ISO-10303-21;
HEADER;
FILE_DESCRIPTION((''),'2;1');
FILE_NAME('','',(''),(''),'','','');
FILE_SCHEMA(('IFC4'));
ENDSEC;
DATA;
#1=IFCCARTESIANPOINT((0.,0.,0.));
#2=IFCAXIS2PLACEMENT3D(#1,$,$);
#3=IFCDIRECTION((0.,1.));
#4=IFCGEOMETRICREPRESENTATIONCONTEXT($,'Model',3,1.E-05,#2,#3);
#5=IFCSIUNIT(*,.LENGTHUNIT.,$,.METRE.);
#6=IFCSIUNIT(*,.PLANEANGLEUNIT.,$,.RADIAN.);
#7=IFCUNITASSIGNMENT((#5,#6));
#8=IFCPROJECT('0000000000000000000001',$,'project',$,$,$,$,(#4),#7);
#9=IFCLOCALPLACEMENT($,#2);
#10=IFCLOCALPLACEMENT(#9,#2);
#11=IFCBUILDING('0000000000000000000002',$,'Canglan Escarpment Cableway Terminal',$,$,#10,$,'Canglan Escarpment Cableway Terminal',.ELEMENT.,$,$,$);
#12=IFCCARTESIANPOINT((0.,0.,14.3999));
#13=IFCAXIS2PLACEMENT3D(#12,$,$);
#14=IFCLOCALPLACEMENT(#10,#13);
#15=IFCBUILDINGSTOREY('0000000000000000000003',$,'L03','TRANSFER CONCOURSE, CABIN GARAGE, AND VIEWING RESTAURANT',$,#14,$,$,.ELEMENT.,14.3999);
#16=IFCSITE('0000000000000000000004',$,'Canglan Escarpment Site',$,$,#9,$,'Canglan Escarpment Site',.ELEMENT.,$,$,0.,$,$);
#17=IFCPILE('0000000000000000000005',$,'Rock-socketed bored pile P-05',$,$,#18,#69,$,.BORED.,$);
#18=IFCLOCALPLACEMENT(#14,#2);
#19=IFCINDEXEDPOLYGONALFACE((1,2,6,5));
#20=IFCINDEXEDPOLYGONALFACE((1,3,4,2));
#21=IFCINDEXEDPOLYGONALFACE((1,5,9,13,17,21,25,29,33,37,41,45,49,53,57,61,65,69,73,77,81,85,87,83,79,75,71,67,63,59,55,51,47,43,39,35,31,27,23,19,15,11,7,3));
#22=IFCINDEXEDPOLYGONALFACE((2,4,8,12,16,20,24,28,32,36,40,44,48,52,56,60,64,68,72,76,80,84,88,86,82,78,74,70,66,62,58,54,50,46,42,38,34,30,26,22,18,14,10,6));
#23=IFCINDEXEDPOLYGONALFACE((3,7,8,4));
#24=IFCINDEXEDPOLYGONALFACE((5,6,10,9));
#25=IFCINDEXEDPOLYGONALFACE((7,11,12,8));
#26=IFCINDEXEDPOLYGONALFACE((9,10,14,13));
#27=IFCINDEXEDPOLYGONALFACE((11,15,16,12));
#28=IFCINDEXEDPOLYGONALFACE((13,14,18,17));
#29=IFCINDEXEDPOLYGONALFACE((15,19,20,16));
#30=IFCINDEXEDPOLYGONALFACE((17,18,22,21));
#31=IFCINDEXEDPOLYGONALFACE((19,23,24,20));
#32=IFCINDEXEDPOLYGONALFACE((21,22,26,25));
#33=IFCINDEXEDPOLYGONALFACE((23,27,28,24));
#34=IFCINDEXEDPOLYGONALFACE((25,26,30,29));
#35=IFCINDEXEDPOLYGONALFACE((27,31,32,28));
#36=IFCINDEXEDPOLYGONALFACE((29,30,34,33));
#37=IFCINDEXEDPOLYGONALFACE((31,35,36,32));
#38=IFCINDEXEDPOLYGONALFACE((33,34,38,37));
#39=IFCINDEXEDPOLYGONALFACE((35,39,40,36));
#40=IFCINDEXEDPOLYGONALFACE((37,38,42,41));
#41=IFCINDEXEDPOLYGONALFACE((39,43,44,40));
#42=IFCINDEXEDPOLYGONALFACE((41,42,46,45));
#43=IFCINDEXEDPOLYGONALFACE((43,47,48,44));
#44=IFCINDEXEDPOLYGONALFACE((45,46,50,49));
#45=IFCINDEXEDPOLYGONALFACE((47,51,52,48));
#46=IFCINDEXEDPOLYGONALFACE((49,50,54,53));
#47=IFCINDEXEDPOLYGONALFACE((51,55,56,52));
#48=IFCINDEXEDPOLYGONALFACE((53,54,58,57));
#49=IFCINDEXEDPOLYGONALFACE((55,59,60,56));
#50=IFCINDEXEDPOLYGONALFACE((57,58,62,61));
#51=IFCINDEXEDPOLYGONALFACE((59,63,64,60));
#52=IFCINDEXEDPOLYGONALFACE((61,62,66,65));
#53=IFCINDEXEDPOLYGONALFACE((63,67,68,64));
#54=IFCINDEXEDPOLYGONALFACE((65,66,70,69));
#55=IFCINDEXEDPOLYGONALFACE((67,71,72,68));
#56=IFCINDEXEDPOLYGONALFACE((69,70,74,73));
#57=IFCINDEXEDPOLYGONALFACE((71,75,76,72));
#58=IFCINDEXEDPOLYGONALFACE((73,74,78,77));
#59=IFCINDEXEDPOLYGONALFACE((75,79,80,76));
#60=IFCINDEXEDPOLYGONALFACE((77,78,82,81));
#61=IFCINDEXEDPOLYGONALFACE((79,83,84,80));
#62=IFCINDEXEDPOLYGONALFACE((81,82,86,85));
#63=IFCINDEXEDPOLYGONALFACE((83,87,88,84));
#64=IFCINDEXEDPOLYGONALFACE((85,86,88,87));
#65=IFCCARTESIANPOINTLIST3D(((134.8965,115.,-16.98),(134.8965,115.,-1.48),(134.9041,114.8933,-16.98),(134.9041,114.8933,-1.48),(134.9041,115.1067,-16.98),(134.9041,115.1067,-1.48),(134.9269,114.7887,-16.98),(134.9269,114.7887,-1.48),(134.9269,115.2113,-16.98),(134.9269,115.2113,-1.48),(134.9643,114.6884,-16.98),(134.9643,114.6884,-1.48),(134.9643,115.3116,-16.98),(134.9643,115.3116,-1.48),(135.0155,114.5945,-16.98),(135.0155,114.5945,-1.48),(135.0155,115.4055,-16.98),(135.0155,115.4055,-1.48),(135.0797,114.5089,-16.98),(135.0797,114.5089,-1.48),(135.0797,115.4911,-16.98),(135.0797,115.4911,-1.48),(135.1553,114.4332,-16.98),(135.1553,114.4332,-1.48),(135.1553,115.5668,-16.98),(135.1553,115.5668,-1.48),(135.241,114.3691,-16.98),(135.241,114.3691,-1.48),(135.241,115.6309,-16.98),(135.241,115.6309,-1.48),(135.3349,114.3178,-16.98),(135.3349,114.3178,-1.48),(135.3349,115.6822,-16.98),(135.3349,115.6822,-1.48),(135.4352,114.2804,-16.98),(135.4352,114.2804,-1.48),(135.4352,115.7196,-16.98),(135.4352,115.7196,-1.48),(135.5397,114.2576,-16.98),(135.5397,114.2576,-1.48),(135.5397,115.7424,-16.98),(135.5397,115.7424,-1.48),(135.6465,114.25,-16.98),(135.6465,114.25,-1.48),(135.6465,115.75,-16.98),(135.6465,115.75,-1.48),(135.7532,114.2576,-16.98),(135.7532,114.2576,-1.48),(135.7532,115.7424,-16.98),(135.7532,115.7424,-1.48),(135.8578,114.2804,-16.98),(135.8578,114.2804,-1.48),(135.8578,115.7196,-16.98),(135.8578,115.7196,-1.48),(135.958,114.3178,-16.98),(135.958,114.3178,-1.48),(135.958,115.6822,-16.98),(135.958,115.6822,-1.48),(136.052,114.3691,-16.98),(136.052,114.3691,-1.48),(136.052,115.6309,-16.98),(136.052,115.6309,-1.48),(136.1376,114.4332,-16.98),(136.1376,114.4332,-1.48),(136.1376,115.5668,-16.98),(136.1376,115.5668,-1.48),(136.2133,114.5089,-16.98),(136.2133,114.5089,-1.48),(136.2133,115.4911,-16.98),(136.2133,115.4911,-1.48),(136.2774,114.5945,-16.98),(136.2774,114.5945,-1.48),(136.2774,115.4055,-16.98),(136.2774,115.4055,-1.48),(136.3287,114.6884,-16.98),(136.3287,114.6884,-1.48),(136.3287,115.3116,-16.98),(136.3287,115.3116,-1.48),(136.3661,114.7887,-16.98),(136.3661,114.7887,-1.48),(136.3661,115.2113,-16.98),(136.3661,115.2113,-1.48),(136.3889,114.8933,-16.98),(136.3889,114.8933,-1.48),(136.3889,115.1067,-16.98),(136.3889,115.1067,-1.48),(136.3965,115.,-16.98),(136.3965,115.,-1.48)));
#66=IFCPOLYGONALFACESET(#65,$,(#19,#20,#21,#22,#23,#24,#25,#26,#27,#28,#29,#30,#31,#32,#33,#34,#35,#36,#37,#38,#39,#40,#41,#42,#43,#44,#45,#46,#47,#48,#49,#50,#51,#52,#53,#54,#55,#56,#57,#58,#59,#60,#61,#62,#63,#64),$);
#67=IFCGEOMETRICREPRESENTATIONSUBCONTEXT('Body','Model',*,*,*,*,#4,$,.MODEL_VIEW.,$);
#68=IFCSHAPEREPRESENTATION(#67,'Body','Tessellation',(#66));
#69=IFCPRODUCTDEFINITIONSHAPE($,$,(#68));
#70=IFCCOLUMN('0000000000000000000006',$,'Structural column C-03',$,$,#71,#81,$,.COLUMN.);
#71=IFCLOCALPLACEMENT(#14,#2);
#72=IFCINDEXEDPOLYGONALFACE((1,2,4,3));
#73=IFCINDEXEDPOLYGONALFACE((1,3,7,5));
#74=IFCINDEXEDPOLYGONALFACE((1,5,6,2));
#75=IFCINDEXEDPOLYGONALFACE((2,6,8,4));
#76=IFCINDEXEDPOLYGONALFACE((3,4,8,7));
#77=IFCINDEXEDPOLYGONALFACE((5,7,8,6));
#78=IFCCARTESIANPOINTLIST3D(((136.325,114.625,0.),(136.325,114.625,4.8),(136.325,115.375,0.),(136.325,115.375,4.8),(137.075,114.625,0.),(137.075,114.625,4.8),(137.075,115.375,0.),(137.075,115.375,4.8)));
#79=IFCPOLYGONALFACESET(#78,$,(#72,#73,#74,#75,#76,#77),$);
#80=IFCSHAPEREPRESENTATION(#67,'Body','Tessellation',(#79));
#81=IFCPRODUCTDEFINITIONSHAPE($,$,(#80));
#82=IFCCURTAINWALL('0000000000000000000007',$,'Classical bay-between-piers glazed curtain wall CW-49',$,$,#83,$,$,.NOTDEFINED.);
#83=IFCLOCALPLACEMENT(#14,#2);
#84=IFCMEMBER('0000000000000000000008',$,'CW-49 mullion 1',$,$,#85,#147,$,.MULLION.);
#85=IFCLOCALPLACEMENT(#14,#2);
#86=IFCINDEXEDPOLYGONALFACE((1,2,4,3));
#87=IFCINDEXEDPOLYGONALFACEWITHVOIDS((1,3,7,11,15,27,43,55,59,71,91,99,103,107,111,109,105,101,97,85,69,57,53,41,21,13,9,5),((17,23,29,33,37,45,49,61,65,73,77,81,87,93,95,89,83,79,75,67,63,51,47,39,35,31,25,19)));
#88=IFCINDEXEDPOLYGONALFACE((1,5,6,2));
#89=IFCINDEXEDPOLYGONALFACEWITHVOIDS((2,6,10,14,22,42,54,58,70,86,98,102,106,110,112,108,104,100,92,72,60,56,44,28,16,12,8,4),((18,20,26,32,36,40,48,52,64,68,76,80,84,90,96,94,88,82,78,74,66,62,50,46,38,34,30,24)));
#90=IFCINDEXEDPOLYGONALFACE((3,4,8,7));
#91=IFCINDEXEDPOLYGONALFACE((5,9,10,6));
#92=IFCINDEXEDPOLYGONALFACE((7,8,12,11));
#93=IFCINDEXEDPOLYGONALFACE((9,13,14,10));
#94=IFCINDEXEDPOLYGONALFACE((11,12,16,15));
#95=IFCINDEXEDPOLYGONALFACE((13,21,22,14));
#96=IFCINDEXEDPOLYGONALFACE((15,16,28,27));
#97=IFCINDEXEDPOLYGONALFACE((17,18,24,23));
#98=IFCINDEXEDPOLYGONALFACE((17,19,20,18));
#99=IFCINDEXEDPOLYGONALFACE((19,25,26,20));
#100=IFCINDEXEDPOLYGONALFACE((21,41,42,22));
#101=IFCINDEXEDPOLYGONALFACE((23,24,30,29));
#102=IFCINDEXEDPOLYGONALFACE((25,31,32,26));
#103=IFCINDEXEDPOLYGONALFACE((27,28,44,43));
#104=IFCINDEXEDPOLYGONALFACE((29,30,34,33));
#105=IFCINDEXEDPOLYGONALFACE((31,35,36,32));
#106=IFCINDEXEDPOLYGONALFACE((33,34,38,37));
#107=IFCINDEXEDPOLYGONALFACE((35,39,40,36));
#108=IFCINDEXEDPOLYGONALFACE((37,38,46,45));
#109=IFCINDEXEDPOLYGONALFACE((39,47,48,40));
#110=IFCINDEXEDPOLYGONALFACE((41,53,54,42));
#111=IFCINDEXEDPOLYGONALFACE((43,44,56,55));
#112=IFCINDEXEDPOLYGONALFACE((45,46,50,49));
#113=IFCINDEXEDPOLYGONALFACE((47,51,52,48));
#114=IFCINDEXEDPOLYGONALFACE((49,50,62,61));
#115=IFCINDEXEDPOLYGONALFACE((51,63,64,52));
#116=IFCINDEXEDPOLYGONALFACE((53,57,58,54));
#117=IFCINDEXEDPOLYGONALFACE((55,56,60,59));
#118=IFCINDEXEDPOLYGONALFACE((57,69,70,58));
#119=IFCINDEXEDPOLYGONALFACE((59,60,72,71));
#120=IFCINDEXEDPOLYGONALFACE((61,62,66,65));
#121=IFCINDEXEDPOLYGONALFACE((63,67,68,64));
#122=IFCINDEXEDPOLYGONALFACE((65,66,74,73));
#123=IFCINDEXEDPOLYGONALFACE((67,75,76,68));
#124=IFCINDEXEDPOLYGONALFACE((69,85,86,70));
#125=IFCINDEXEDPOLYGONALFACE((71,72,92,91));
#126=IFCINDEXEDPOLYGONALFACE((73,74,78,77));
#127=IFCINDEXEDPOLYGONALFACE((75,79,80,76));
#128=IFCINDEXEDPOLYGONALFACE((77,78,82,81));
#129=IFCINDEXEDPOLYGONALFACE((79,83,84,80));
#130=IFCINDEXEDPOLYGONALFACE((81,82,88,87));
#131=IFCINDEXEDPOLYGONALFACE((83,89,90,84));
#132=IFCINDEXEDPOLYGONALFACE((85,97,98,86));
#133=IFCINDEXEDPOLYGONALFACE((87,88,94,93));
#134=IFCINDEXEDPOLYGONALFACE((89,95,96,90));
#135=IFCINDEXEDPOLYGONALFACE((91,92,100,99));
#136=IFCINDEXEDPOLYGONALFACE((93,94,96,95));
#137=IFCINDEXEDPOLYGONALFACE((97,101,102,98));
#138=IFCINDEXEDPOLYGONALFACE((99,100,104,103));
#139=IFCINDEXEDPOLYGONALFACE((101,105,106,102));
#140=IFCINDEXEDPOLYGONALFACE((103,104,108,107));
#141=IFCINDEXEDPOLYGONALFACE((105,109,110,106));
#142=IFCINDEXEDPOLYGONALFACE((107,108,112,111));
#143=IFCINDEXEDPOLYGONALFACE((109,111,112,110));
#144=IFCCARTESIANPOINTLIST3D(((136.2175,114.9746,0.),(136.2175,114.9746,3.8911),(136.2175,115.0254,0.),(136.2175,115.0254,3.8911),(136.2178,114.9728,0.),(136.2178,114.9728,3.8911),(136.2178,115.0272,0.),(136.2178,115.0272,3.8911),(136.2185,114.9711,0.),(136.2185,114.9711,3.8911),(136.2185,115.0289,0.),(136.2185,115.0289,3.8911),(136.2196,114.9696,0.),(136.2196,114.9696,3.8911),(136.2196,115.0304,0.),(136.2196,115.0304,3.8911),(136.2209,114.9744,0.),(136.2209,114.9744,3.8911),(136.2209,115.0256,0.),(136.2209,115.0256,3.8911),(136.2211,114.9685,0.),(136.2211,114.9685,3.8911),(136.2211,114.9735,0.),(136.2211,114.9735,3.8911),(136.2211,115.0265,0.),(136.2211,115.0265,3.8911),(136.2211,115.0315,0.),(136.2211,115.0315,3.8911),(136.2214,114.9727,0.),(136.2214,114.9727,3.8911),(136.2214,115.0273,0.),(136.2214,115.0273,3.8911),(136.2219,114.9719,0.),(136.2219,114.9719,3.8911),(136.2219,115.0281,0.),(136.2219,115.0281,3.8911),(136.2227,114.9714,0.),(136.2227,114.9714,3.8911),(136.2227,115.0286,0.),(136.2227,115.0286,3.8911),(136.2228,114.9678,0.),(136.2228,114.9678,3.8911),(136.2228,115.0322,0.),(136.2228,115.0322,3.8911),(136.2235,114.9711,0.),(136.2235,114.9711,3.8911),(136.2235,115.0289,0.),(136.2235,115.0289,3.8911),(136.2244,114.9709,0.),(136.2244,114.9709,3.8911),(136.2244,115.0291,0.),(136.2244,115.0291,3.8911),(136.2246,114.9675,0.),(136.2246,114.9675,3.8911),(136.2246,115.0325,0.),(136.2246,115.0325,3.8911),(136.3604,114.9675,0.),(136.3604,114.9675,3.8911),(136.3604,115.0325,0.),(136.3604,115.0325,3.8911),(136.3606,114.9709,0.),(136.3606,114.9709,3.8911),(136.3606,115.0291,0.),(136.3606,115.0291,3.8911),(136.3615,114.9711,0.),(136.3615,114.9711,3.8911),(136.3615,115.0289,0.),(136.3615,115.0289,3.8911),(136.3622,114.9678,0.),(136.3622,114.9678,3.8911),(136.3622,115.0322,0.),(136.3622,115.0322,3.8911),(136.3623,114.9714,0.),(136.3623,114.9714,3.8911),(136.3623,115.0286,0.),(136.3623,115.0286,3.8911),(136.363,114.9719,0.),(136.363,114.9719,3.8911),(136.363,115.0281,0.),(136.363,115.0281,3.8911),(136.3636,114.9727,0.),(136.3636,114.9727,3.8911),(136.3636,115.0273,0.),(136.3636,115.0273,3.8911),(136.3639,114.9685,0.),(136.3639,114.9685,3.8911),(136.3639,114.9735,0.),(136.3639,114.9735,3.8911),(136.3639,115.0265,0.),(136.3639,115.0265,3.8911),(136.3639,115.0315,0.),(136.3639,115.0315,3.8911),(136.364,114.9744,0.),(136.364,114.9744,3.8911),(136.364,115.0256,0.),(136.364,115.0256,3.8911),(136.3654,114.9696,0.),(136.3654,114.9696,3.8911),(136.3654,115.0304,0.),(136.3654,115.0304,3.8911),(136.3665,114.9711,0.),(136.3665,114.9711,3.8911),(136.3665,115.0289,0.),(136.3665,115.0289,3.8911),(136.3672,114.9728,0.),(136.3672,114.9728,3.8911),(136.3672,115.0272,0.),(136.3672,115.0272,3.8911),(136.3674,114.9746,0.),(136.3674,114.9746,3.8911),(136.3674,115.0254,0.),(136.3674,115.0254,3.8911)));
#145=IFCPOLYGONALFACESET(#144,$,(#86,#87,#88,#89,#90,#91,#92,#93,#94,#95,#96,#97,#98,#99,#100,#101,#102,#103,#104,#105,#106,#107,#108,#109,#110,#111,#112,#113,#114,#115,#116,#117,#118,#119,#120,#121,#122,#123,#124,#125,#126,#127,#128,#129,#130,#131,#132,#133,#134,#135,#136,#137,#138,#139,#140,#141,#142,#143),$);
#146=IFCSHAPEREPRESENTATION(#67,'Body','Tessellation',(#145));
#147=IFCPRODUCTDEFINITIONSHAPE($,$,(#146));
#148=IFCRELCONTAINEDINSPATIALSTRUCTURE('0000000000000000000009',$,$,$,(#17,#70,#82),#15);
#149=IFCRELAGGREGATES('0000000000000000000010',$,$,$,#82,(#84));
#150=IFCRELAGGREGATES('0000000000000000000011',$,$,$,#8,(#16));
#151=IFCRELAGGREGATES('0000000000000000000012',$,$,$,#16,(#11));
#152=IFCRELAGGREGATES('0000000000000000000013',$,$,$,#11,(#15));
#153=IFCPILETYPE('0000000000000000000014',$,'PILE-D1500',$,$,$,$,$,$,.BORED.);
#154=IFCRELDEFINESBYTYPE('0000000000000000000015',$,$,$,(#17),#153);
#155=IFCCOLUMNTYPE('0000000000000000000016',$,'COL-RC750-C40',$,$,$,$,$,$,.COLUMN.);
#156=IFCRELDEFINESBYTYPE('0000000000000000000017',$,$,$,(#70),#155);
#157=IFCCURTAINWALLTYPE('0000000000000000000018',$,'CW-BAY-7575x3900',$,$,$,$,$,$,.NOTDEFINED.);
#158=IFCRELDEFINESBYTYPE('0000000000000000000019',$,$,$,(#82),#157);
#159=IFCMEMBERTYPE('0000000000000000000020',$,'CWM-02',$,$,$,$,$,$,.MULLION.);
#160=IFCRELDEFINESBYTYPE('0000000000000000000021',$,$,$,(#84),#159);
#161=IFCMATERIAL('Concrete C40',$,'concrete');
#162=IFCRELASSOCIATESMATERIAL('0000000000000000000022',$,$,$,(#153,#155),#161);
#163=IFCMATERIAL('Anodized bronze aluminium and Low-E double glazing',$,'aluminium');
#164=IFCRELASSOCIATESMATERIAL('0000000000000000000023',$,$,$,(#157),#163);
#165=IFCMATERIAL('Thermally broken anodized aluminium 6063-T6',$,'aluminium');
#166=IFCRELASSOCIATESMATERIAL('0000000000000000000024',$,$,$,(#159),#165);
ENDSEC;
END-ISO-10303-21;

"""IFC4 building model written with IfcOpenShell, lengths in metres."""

from ifc_helpers import new_model, si_unit, direction, frame, origin, origin_2d, place, context, subcontext, project, spatial, rectangle, hollow_rectangle, circle, extrude, material, material_profile, profile_set, type_object, element, aggregate, save


model = new_model("IFC4")

# Units and contexts
model_context = context("Model", 3, precision=1e-05, world=origin(), true_north=direction((0.0, 1.0)))
body_context = subcontext(model_context, "Body", "Model", "MODEL_VIEW")
ifc_project = project(units=[si_unit("LENGTHUNIT", "METRE"), si_unit("PLANEANGLEUNIT", "RADIAN")], contexts=[model_context])

# Site, building, storey
site_placement = place(None, origin())
site = spatial("IfcSite", under=ifc_project, at=site_placement, Name="Canglan Escarpment Site", LongName="Canglan Escarpment Site", CompositionType="ELEMENT", RefElevation=0.0)
building_placement = place(site_placement, origin())
building = spatial("IfcBuilding", under=site, at=building_placement, Name="Canglan Escarpment Cableway Terminal", LongName="Canglan Escarpment Cableway Terminal", CompositionType="ELEMENT")
storey_placement = place(building_placement, frame((0.0, 0.0, 14.3999)))
storey = spatial("IfcBuildingStorey", under=building, at=storey_placement, Name="L03", Description="TRANSFER CONCOURSE, CABIN GARAGE, AND VIEWING RESTAURANT", CompositionType="ELEMENT", Elevation=14.3999)

# Pile
ifc_material_1 = material(Name="Concrete C40", Category="concrete")
ifc_material_profile_1 = material_profile(ifc_material_1, circle(Radius=0.75, at=origin_2d()), Name="BORED PILE D1500")
ifc_profile_set_1 = profile_set([ifc_material_profile_1], Name="Concrete C40")
pile_type = type_object("IfcPileType", Name="PILE-D1500", PredefinedType="BORED", material=ifc_profile_set_1)
pile_placement = place(storey_placement, frame((135.6465, 115.0, -1.48), z_axis=(0.0, 0.0, -1.0), x_axis=(1.0, 0.0, 0.0)))
element("IfcPile", 1, at=pile_placement, inside=storey, type_object=pile_type, Name="Rock-socketed bored pile P-05", PredefinedType="BORED", context=body_context, shape_type="SweptSolid", body=[
    extrude(circle(Radius=0.75, at=origin_2d()), origin(), (0.0, 0.0, 1.0), 15.5),
])

# Column
ifc_material_profile_2 = material_profile(ifc_material_1, rectangle(XDim=0.75, YDim=0.75, at=origin_2d()), Name="RC 750x750")
ifc_profile_set_2 = profile_set([ifc_material_profile_2], Name="Concrete C40")
column_type = type_object("IfcColumnType", Name="COL-RC750-C40", PredefinedType="COLUMN", material=ifc_profile_set_2)
column_placement = place(storey_placement, frame((136.7, 115.0, 0.0), z_axis=(0.0, 0.0, 1.0), x_axis=(1.0, 0.0, 0.0)))
element("IfcColumn", 2, at=column_placement, inside=storey, type_object=column_type, Name="Structural column C-03", PredefinedType="COLUMN", context=body_context, shape_type="SweptSolid", body=[
    extrude(rectangle(XDim=0.75, YDim=0.75, at=origin_2d()), origin(), (0.0, 0.0, 1.0), 4.8),
])

# Curtain wall, member
ifc_material_2 = material(Name="Anodized bronze aluminium and Low-E double glazing", Category="aluminium")
curtain_wall_type = type_object("IfcCurtainWallType", Name="CW-BAY-7575x3900", PredefinedType="NOTDEFINED", material=ifc_material_2)
curtain_wall_placement = place(storey_placement, origin())
curtain_wall = element("IfcCurtainWall", 3, at=curtain_wall_placement, inside=storey, type_object=curtain_wall_type, Name="Classical bay-between-piers glazed curtain wall CW-49", PredefinedType="NOTDEFINED")
ifc_material_3 = material(Name="Thermally broken anodized aluminium 6063-T6", Category="aluminium")
ifc_material_profile_3 = material_profile(ifc_material_3, hollow_rectangle(XDim=0.0649, YDim=0.1499, WallThickness=0.0034, InnerFilletRadius=0.0034, OuterFilletRadius=0.0071, at=origin_2d()), Name="ALU-MULL 65x150x3.5")
ifc_profile_set_3 = profile_set([ifc_material_profile_3], Name="Thermally broken anodized aluminium 6063-T6")
member_type_1 = type_object("IfcMemberType", Name="CWM-02", PredefinedType="MULLION", material=ifc_profile_set_3)
member_1_placement = place(storey_placement, frame((136.2925, 115.0, 0.0), z_axis=(0.0, 0.0, 1.0), x_axis=(0.0, -1.0, 0.0)))
member_1 = element("IfcMember", 4, at=member_1_placement, type_object=member_type_1, Name="CW-49 mullion 1", PredefinedType="MULLION", context=body_context, shape_type="SweptSolid", body=[
    extrude(hollow_rectangle(XDim=0.0649, YDim=0.1499, WallThickness=0.0034, InnerFilletRadius=0.0034, OuterFilletRadius=0.0071, at=origin_2d()), origin(), (0.0, 0.0, 1.0), 3.8911),
])
aggregate(curtain_wall, [member_1])

save(model, "model.ifc")
